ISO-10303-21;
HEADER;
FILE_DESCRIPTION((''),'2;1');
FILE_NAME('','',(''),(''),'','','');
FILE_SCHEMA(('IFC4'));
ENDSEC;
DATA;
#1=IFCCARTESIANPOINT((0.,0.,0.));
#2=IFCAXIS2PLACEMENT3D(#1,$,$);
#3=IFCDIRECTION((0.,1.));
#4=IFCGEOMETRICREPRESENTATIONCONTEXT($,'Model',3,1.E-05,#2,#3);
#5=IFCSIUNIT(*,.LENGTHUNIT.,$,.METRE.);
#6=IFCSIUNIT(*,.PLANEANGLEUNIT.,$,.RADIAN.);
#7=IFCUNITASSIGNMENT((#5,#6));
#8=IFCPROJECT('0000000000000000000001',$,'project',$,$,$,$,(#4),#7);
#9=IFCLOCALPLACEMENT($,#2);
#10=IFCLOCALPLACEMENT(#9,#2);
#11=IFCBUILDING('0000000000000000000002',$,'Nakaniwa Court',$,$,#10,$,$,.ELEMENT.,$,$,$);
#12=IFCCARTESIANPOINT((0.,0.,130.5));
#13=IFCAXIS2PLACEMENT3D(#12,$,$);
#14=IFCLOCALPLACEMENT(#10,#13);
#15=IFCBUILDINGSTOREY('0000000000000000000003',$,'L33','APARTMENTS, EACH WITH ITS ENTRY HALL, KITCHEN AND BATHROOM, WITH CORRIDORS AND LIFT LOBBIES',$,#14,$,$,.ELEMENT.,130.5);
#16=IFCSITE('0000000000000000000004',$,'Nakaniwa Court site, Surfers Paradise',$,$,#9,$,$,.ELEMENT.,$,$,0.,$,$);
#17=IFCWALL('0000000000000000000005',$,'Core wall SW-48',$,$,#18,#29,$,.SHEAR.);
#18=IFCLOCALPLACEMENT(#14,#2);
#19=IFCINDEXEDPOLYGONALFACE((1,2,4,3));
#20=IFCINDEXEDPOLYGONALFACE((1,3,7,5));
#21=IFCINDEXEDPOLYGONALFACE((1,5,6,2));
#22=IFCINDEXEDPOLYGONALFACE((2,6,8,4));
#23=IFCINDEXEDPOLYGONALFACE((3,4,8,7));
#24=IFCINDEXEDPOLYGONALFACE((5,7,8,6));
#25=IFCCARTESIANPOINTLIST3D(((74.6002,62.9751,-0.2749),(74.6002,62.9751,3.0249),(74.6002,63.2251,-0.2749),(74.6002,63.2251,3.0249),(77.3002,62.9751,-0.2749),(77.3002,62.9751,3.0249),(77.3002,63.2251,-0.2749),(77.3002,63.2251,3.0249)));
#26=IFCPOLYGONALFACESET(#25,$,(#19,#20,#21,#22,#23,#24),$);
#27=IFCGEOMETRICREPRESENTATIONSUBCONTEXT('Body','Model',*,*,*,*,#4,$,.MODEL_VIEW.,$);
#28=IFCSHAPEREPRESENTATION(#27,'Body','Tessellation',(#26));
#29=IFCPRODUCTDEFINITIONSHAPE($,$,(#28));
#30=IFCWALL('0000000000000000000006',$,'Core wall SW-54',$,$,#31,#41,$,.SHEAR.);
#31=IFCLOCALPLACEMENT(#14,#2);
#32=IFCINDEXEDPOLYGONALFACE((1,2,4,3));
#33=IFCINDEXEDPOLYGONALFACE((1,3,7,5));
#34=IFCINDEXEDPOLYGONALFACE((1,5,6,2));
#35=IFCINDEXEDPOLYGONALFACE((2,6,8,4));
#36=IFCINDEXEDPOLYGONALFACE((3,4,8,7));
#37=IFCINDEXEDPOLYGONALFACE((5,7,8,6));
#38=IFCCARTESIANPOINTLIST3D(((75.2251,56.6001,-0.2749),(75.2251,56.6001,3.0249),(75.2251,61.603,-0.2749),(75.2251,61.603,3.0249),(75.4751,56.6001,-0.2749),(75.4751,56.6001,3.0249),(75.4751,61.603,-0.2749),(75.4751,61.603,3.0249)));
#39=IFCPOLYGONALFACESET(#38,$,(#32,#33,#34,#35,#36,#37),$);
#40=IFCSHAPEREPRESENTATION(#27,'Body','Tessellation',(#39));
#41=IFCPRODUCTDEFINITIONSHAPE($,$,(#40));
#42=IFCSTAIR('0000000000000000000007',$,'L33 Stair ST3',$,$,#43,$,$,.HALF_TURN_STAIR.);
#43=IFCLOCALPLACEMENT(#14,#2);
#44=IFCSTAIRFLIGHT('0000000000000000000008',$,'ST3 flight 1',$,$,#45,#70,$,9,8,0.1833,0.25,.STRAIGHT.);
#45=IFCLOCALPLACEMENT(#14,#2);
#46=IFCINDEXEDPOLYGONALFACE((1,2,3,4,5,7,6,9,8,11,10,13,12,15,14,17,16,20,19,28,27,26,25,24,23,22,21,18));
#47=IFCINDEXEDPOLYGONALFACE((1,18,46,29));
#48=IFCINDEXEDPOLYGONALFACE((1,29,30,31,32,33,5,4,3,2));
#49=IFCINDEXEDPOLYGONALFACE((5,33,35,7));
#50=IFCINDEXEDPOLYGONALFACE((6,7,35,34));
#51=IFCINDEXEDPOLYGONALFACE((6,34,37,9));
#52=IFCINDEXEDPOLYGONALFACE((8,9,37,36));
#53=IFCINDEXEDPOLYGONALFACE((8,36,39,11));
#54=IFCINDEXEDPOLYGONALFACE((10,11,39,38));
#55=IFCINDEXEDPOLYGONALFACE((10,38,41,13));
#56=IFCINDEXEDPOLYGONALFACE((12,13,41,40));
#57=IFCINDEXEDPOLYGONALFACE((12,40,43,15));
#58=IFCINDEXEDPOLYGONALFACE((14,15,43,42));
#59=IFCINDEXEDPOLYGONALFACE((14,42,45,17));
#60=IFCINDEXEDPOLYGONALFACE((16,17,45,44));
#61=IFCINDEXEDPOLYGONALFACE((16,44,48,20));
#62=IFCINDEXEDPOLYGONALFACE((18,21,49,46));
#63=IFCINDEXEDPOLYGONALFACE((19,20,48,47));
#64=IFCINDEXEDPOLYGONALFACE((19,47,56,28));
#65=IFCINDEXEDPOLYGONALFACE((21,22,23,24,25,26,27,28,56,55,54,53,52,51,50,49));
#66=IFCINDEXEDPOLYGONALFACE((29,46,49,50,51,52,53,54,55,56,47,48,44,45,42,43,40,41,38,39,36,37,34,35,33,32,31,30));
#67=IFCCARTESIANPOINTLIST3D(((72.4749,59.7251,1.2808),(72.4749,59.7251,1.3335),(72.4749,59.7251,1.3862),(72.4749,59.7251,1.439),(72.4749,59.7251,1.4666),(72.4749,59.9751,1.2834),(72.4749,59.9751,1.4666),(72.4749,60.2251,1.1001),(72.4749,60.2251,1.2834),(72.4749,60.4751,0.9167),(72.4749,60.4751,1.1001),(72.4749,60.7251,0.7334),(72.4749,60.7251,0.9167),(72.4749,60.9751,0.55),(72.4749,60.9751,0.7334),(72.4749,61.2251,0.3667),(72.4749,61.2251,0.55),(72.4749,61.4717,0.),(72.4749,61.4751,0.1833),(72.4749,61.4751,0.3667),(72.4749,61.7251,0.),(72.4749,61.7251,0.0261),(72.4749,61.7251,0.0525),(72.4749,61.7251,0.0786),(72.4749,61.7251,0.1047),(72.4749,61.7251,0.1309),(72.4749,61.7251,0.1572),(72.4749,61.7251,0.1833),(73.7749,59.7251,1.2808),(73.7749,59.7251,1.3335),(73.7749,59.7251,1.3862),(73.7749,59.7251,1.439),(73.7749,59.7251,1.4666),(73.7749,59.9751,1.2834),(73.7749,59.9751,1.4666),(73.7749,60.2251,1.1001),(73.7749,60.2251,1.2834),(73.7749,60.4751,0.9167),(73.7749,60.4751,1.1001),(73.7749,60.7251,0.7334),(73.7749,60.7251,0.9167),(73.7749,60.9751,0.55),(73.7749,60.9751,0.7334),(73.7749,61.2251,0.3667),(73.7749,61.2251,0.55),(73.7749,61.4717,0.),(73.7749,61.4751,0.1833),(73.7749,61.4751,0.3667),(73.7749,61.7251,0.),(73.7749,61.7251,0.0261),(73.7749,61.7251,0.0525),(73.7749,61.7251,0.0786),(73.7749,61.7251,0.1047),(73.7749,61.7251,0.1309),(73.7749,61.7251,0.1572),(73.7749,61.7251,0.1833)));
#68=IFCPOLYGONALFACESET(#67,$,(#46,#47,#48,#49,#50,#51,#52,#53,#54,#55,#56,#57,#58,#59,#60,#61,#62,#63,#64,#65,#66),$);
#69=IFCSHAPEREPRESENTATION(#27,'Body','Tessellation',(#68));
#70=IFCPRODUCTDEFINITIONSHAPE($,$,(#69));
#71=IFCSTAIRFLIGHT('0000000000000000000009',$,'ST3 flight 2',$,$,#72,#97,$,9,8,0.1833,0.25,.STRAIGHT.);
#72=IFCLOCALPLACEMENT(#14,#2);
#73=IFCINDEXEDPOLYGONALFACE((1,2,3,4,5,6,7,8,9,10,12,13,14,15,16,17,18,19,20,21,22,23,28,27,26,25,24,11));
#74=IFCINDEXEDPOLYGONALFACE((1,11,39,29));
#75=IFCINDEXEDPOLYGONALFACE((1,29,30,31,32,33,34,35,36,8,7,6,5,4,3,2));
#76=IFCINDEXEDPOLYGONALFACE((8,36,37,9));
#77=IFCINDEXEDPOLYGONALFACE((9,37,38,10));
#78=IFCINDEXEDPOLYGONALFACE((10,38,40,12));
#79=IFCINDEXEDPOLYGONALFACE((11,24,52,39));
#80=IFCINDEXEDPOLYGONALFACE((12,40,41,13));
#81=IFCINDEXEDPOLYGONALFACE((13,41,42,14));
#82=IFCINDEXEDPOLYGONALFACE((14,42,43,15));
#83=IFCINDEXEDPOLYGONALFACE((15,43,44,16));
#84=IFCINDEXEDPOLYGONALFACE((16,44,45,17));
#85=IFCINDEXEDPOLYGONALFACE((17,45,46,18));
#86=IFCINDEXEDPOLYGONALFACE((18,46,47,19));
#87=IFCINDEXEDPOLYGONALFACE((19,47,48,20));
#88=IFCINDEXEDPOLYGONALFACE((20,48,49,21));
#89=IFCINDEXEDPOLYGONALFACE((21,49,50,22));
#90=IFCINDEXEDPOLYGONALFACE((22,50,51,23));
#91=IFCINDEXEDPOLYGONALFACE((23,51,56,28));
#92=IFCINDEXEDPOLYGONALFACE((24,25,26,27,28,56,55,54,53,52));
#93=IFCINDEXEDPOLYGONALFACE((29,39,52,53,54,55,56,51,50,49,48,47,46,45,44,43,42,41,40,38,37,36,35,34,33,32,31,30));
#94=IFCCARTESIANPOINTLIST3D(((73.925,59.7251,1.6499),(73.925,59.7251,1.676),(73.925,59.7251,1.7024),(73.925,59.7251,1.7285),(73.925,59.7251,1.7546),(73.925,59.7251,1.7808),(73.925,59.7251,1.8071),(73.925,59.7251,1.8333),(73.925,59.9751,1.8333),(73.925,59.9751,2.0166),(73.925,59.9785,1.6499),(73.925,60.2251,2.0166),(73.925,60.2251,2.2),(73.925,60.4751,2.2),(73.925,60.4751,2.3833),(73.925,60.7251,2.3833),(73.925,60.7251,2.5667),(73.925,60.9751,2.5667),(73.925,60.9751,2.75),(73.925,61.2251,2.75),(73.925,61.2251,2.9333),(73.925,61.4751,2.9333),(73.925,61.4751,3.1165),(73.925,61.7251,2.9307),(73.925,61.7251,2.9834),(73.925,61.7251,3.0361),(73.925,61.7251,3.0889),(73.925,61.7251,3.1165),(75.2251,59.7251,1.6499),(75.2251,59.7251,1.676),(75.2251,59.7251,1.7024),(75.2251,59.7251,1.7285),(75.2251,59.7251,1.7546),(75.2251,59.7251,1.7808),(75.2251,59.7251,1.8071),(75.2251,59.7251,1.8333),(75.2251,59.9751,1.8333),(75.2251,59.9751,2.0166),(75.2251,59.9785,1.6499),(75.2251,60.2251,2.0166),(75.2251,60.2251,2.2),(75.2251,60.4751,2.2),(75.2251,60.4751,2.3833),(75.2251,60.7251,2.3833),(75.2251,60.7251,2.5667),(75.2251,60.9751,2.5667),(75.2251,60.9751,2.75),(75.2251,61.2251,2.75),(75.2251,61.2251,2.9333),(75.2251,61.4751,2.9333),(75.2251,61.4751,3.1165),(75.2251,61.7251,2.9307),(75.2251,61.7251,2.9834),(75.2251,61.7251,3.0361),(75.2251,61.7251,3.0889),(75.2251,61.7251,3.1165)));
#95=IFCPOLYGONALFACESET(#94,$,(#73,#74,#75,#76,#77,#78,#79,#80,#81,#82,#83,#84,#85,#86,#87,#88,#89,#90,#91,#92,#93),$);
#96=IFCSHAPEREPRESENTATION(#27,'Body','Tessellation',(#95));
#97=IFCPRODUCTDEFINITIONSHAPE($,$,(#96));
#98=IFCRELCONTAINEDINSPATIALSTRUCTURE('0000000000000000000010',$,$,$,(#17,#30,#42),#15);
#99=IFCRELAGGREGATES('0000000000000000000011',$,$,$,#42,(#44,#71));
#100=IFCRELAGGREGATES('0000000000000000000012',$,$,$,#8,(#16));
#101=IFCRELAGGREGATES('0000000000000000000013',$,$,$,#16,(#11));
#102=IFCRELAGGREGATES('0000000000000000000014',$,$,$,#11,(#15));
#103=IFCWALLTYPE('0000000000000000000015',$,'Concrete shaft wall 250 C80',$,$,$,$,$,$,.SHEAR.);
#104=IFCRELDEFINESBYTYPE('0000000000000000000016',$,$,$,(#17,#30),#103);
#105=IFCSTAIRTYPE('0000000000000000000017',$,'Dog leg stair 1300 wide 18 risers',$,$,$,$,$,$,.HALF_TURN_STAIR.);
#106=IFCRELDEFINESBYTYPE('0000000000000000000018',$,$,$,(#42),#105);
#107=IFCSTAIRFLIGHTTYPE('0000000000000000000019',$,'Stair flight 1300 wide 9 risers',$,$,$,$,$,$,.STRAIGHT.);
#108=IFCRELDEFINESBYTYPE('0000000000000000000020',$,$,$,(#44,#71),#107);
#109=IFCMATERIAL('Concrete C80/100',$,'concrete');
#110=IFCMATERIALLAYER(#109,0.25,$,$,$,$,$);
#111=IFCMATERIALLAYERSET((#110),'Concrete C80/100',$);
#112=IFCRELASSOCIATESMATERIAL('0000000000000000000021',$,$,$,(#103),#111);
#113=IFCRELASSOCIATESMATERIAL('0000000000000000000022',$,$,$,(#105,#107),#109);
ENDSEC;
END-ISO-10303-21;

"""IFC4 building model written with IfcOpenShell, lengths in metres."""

from ifc_helpers import new_model, si_unit, direction, frame, frame_2d, origin, place, context, subcontext, project, spatial, polyline, rectangle, outline, extrude, material, layer, layer_set, type_object, element, aggregate, save


model = new_model("IFC4")

# Units and contexts
model_context = context("Model", 3, precision=1e-05, world=origin(), true_north=direction((0.0, 1.0)))
body_context = subcontext(model_context, "Body", "Model", "MODEL_VIEW")
ifc_project = project(units=[si_unit("LENGTHUNIT", "METRE"), si_unit("PLANEANGLEUNIT", "RADIAN")], contexts=[model_context])

# Site, building, storey
site_placement = place(None, origin())
site = spatial("IfcSite", under=ifc_project, at=site_placement, Name="Nakaniwa Court site, Surfers Paradise", CompositionType="ELEMENT", RefElevation=0.0)
building_placement = place(site_placement, origin())
building = spatial("IfcBuilding", under=site, at=building_placement, Name="Nakaniwa Court", CompositionType="ELEMENT")
storey_placement = place(building_placement, frame((0.0, 0.0, 130.5)))
storey = spatial("IfcBuildingStorey", under=building, at=storey_placement, Name="L33", Description="APARTMENTS, EACH WITH ITS ENTRY HALL, KITCHEN AND BATHROOM, WITH CORRIDORS AND LIFT LOBBIES", CompositionType="ELEMENT", Elevation=130.5)

# Shared definitions
ifc_material_1 = material(Name="Concrete C80/100", Category="concrete")

# Walls
ifc_layer_1 = layer(ifc_material_1, 0.25)
ifc_layer_set_1 = layer_set([ifc_layer_1], Name="Concrete C80/100")
wall_type_1 = type_object("IfcWallType", Name="Concrete shaft wall 250 C80", PredefinedType="SHEAR", material=ifc_layer_set_1)
wall_1_placement = place(storey_placement, frame((74.6001, 63.1001, -0.2749), z_axis=(0.0, 0.0, 1.0), x_axis=(1.0, 0.0, 0.0)))
element("IfcWall", 1, at=wall_1_placement, inside=storey, type_object=wall_type_1, Name="Core wall SW-48", PredefinedType="SHEAR", context=body_context, shape_type="SweptSolid", body=[
    extrude(rectangle(XDim=2.7, YDim=0.25, at=frame_2d((1.3501, 0.0))), origin(), (0.0, 0.0, 1.0), 3.2998),
])
wall_2_placement = place(storey_placement, frame((75.3501, 56.6001, -0.2749), z_axis=(0.0, 0.0, 1.0), x_axis=(0.0, 1.0, 0.0)))
element("IfcWall", 2, at=wall_2_placement, inside=storey, type_object=wall_type_1, Name="Core wall SW-54", PredefinedType="SHEAR", context=body_context, shape_type="SweptSolid", body=[
    extrude(rectangle(XDim=5.0029, YDim=0.25, at=frame_2d((2.5015, 0.0))), origin(), (0.0, 0.0, 1.0), 3.2998),
])

# Stair, stair flights
stair_type = type_object("IfcStairType", Name="Dog leg stair 1300 wide 18 risers", PredefinedType="HALF_TURN_STAIR", material=ifc_material_1)
stair_placement = place(storey_placement, origin())
stair = element("IfcStair", 3, at=stair_placement, inside=storey, type_object=stair_type, Name="L33 Stair ST3", PredefinedType="HALF_TURN_STAIR")
stair_flight_type = type_object("IfcStairFlightType", Name="Stair flight 1300 wide 9 risers", PredefinedType="STRAIGHT", material=ifc_material_1)
stair_flight_1_placement = place(storey_placement, frame((73.125, 61.7251, 0.0), z_axis=(0.0, 0.0, 1.0), x_axis=(0.0, -1.0, 0.0)))
stair_flight_1 = element("IfcStairFlight", 4, at=stair_flight_1_placement, type_object=stair_flight_type, Name="ST3 flight 1", NumberOfRisers=9, NumberOfTreads=8, PredefinedType="STRAIGHT", RiserHeight=0.1833, TreadLength=0.25, context=body_context, shape_type="SweptSolid", body=[
    extrude(outline(polyline([(0.0, 0.0), (0.0, 0.0261), (0.0, 0.0525), (0.0, 0.0786), (0.0, 0.1047), (0.0, 0.1309), (0.0, 0.1572), (0.0, 0.1833), (0.25, 0.1833), (0.25, 0.3667), (0.5, 0.3667), (0.5, 0.55), (0.75, 0.55), (0.75, 0.7334), (1.0, 0.7334), (1.0, 0.9167), (1.25, 0.9167), (1.25, 1.1001), (1.5, 1.1001), (1.5, 1.2834), (1.75, 1.2834), (1.75, 1.4666), (2.0, 1.4666), (2.0, 1.6499), (2.0, 1.5972), (2.0, 1.5444), (2.0, 1.4917), (2.0, 1.439), (2.0, 1.3862), (2.0, 1.3335), (2.0, 1.2808), (0.2534, 0.0), (0.0, 0.0)])), frame((0.0, 0.6499, 0.0), z_axis=(0.0, -1.0, 0.0), x_axis=(1.0, 0.0, 0.0)), (0.0, 0.0, 1.0), 1.3),
])
stair_flight_2_placement = place(storey_placement, frame((74.575, 59.7251, 1.6499), z_axis=(0.0, 0.0, 1.0), x_axis=(0.0, 1.0, 0.0)))
stair_flight_2 = element("IfcStairFlight", 5, at=stair_flight_2_placement, type_object=stair_flight_type, Name="ST3 flight 2", NumberOfRisers=9, NumberOfTreads=8, PredefinedType="STRAIGHT", RiserHeight=0.1833, TreadLength=0.25, context=body_context, shape_type="SweptSolid", body=[
    extrude(outline(polyline([(0.0, 0.0), (0.0, 0.0261), (0.0, 0.0525), (0.0, 0.0786), (0.0, 0.1047), (0.0, 0.1309), (0.0, 0.1572), (0.0, 0.1833), (0.25, 0.1833), (0.25, 0.3667), (0.5, 0.3667), (0.5, 0.55), (0.75, 0.55), (0.75, 0.7334), (1.0, 0.7334), (1.0, 0.9167), (1.25, 0.9167), (1.25, 1.1001), (1.5, 1.1001), (1.5, 1.2834), (1.75, 1.2834), (1.75, 1.4666), (2.0, 1.4666), (2.0, 1.6499), (2.0, 1.5972), (2.0, 1.5444), (2.0, 1.4917), (2.0, 1.439), (2.0, 1.3862), (2.0, 1.3335), (2.0, 1.2808), (0.2534, 0.0), (0.0, 0.0)])), frame((0.0, 0.6499, 0.0), z_axis=(0.0, -1.0, 0.0), x_axis=(1.0, 0.0, 0.0)), (0.0, 0.0, 1.0), 1.3),
])
aggregate(stair, [stair_flight_1, stair_flight_2])

save(model, "model.ifc")
